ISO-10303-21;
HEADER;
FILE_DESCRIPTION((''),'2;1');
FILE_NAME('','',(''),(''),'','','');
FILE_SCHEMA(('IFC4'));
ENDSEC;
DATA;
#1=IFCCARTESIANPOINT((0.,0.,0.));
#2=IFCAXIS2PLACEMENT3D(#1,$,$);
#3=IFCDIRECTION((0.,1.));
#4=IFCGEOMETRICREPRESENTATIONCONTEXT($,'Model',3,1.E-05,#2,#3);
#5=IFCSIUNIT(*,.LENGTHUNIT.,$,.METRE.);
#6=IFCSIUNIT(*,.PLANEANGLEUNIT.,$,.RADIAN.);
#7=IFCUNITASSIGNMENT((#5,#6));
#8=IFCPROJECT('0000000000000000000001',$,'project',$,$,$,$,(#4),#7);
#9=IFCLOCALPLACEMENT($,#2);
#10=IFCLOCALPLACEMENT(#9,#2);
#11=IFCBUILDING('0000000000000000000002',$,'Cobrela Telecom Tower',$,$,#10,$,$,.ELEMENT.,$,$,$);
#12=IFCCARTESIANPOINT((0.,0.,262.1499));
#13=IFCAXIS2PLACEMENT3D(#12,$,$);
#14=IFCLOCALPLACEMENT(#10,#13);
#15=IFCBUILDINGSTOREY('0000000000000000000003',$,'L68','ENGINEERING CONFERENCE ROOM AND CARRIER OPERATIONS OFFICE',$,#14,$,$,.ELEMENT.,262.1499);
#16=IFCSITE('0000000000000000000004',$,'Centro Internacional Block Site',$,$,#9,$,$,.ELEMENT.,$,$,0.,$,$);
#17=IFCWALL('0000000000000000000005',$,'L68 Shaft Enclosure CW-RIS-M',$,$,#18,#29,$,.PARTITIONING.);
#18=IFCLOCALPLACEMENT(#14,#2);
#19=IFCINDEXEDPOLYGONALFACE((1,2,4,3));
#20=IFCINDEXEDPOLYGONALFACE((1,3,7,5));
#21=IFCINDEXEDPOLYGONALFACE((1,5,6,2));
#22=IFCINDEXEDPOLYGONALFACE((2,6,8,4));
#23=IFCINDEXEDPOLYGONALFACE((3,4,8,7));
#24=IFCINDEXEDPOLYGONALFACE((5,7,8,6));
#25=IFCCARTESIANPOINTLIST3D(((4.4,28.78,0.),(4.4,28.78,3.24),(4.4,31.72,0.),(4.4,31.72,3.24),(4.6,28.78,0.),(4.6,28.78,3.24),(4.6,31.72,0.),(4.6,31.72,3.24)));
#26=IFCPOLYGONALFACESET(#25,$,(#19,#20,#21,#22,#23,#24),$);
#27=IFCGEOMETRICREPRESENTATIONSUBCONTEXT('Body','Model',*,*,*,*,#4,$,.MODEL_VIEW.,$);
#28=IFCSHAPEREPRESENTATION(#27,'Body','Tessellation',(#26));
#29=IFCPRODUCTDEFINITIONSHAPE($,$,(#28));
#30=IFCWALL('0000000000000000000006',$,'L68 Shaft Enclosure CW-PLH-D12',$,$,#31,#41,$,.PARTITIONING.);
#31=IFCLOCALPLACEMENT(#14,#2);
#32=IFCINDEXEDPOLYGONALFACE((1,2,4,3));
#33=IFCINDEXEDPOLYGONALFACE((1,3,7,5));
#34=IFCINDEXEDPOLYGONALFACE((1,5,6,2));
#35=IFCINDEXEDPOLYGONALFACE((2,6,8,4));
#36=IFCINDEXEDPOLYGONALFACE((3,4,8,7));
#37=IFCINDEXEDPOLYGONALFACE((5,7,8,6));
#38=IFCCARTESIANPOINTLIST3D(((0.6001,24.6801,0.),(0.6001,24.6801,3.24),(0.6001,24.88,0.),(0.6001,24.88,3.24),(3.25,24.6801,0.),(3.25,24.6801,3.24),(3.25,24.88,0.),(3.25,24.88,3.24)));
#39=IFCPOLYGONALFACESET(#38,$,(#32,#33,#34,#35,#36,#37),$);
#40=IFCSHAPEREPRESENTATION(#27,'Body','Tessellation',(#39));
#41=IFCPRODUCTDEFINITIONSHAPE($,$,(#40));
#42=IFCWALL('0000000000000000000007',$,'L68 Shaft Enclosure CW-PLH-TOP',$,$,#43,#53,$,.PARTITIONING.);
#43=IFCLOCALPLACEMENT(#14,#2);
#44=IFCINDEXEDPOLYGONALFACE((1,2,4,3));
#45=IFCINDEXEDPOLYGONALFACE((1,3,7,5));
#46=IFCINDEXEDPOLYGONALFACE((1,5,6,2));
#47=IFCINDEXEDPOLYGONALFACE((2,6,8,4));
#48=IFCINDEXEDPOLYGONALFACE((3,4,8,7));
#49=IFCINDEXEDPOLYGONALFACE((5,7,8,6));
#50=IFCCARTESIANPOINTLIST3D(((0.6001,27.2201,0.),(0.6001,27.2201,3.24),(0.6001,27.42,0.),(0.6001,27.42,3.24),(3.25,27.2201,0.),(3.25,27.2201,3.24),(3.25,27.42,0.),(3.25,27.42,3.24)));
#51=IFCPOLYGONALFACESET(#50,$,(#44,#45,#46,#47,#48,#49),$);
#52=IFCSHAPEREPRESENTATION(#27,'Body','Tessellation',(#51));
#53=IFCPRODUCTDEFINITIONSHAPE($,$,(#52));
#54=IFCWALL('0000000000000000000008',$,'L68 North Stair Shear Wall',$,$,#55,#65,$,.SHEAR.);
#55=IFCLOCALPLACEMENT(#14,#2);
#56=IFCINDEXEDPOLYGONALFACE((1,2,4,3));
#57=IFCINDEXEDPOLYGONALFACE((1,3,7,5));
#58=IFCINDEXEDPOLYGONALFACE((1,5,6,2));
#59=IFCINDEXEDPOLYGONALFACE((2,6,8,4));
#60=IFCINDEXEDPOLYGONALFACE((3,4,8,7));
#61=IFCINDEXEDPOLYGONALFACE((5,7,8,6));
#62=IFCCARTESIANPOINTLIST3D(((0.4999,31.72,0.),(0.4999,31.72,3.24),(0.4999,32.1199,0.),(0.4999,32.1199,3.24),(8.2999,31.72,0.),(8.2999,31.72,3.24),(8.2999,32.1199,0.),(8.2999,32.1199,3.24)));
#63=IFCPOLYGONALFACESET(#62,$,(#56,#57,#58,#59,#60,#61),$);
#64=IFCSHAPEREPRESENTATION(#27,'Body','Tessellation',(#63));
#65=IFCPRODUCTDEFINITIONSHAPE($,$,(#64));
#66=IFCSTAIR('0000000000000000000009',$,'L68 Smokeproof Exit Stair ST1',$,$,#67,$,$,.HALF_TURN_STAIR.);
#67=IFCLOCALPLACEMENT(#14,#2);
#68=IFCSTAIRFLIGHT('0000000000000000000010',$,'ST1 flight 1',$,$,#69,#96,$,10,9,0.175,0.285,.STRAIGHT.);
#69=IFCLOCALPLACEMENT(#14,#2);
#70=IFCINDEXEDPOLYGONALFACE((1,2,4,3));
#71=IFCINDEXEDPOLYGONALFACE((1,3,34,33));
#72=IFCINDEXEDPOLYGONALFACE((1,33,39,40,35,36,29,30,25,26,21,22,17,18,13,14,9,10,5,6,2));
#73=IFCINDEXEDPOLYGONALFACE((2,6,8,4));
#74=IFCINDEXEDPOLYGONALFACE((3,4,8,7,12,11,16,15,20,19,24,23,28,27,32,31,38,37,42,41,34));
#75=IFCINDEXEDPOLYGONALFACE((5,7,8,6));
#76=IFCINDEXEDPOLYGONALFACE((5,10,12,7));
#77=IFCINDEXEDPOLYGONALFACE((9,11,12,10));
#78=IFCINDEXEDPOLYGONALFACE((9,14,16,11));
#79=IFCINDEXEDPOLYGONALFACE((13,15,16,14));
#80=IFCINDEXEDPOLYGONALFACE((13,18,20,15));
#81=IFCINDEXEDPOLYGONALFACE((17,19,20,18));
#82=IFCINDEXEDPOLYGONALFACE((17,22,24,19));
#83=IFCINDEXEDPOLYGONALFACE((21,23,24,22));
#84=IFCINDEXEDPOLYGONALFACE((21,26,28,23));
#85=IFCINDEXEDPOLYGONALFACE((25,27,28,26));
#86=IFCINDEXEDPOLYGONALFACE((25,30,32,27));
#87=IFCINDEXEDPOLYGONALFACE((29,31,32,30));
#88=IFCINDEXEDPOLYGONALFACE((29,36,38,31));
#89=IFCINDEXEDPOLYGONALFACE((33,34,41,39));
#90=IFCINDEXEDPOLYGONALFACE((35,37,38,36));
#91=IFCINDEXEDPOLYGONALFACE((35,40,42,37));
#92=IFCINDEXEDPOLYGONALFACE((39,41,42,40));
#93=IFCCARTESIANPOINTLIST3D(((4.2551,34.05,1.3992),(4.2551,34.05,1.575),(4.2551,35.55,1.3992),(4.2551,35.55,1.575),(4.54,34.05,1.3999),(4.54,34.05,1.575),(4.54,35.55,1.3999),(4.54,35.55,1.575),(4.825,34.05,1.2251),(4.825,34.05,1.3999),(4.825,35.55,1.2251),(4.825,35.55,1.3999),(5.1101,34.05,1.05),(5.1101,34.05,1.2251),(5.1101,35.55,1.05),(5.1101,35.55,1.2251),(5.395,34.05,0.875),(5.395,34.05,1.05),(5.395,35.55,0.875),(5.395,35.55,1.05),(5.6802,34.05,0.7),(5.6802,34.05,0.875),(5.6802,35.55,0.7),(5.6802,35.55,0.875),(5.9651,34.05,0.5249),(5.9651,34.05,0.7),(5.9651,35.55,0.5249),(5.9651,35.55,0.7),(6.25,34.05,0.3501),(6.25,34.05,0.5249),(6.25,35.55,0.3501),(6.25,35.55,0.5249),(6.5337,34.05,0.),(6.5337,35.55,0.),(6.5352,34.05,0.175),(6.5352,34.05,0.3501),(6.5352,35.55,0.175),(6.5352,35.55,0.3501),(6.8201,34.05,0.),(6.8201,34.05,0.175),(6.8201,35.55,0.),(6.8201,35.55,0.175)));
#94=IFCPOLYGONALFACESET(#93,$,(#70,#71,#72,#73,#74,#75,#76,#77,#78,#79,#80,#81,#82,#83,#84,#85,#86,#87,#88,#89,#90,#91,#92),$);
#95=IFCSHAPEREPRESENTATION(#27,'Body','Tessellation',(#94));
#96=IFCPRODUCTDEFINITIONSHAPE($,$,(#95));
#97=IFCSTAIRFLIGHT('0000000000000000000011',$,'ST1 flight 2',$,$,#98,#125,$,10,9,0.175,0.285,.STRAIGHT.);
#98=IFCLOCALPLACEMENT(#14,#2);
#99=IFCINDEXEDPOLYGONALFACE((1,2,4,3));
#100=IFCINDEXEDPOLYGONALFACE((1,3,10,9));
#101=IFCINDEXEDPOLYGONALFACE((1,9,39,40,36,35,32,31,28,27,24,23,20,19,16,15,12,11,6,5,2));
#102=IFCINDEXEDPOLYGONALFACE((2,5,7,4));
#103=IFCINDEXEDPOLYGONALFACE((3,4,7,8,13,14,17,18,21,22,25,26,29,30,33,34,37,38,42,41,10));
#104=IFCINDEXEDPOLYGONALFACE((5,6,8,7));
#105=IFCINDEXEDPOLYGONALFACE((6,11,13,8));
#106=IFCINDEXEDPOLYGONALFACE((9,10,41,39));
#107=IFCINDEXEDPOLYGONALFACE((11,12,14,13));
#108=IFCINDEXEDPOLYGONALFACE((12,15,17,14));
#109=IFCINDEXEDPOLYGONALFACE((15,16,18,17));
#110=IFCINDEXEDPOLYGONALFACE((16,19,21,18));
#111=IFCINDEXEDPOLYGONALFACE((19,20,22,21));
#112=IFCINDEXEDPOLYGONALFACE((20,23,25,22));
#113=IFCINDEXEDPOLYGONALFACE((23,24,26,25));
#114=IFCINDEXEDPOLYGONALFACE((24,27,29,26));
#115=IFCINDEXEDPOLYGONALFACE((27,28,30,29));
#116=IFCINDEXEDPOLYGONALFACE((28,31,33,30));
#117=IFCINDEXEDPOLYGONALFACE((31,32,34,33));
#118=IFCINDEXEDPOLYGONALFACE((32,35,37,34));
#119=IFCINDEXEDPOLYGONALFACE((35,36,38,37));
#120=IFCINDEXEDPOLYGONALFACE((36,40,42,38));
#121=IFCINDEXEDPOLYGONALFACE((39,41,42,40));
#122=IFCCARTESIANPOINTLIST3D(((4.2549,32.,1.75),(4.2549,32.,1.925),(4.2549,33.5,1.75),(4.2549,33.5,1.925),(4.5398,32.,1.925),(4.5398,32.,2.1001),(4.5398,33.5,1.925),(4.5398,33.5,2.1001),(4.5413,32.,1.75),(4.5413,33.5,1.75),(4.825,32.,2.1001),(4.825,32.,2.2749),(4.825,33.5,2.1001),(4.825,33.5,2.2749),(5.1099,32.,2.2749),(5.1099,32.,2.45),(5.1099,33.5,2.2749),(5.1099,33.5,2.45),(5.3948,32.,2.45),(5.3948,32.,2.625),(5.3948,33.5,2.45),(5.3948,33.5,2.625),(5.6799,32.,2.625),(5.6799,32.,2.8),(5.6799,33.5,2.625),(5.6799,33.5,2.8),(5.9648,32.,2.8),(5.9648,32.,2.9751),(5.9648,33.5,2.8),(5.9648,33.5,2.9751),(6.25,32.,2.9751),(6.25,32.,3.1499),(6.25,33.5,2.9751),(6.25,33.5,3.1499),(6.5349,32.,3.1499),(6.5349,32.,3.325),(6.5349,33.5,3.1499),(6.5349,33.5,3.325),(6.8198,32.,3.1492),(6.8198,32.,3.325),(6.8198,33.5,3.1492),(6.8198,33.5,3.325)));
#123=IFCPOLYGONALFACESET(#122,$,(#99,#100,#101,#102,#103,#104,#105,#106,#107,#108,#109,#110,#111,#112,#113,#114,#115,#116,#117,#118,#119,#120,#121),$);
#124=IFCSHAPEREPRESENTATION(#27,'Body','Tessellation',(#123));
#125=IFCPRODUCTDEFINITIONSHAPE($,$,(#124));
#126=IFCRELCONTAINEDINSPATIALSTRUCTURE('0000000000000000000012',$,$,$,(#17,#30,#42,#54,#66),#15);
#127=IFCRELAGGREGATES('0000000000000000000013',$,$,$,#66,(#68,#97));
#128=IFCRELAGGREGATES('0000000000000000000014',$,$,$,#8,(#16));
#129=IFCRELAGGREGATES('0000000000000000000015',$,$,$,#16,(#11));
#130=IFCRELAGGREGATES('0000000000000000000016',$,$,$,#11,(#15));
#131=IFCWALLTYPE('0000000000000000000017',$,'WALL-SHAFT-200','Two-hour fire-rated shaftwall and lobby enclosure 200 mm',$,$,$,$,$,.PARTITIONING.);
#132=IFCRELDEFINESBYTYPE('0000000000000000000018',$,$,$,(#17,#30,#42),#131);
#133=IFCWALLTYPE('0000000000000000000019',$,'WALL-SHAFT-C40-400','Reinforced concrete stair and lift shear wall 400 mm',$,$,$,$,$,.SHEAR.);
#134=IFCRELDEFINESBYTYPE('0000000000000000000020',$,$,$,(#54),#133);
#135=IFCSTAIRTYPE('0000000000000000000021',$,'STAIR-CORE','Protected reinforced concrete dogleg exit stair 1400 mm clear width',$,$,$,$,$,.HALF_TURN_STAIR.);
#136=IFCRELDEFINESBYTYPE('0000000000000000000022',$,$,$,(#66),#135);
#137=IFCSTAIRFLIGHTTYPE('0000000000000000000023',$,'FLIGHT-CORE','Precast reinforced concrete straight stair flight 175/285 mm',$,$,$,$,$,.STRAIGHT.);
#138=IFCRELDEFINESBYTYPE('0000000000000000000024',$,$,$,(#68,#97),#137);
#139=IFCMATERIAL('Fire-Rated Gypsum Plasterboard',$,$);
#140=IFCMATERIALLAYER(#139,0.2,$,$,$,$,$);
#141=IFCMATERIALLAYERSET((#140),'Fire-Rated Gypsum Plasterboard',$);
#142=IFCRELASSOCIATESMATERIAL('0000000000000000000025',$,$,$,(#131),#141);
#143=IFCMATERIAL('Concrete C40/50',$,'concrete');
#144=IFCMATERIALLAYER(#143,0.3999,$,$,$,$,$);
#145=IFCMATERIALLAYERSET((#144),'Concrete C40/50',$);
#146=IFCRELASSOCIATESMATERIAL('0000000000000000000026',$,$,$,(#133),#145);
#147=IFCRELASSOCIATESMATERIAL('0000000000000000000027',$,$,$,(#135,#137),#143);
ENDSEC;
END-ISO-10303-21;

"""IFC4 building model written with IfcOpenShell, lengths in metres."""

from ifc_helpers import new_model, si_unit, direction, frame, frame_2d, origin, place, context, subcontext, project, spatial, polyline, rectangle, outline, extrude, material, layer, layer_set, type_object, element, aggregate, save


model = new_model("IFC4")

# Units and contexts
model_context = context("Model", 3, precision=1e-05, world=origin(), true_north=direction((0.0, 1.0)))
body_context = subcontext(model_context, "Body", "Model", "MODEL_VIEW")
ifc_project = project(units=[si_unit("LENGTHUNIT", "METRE"), si_unit("PLANEANGLEUNIT", "RADIAN")], contexts=[model_context])

# Site, building, storey
site_placement = place(None, origin())
site = spatial("IfcSite", under=ifc_project, at=site_placement, Name="Centro Internacional Block Site", CompositionType="ELEMENT", RefElevation=0.0)
building_placement = place(site_placement, origin())
building = spatial("IfcBuilding", under=site, at=building_placement, Name="Cobrela Telecom Tower", CompositionType="ELEMENT")
storey_placement = place(building_placement, frame((0.0, 0.0, 262.1499)))
storey = spatial("IfcBuildingStorey", under=building, at=storey_placement, Name="L68", Description="ENGINEERING CONFERENCE ROOM AND CARRIER OPERATIONS OFFICE", CompositionType="ELEMENT", Elevation=262.1499)

# Shared definitions
ifc_material_1 = material(Name="Fire-Rated Gypsum Plasterboard")
ifc_layer_1 = layer(ifc_material_1, 0.2)
ifc_layer_set_1 = layer_set([ifc_layer_1], Name="Fire-Rated Gypsum Plasterboard")
wall_type_1 = type_object("IfcWallType", Name="WALL-SHAFT-200", Description="Two-hour fire-rated shaftwall and lobby enclosure 200 mm", PredefinedType="PARTITIONING", material=ifc_layer_set_1)

# Walls
wall_1_placement = place(storey_placement, frame((4.5, 28.78, 0.0), z_axis=(0.0, 0.0, 1.0), x_axis=(0.0, 1.0, 0.0)))
element("IfcWall", 1, at=wall_1_placement, inside=storey, type_object=wall_type_1, Name="L68 Shaft Enclosure CW-RIS-M", PredefinedType="PARTITIONING", context=body_context, shape_type="SweptSolid", body=[
    extrude(rectangle(XDim=2.9399, YDim=0.2, at=frame_2d((1.47, 0.0))), origin(), (0.0, 0.0, 1.0), 3.24),
])
for number, where, z_axis, x_axis, name in (
    (2, (0.6001, 24.78, 0.0), (0.0, 0.0, 1.0), (1.0, 0.0, 0.0), "L68 Shaft Enclosure CW-PLH-D12"),
    (3, (0.6001, 27.3201, 0.0), (0.0, 0.0, 1.0), (1.0, 0.0, 0.0), "L68 Shaft Enclosure CW-PLH-TOP"),
):
    element("IfcWall", number, at=place(storey_placement, frame(where, z_axis=z_axis, x_axis=x_axis)), inside=storey, type_object=wall_type_1, Name=name, PredefinedType="PARTITIONING", context=body_context, shape_type="SweptSolid", body=[
        extrude(rectangle(XDim=2.6499, YDim=0.2, at=frame_2d((1.325, 0.0))), origin(), (0.0, 0.0, 1.0), 3.24),
    ])
ifc_material_2 = material(Name="Concrete C40/50", Category="concrete")
ifc_layer_2 = layer(ifc_material_2, 0.3999)
ifc_layer_set_2 = layer_set([ifc_layer_2], Name="Concrete C40/50")
wall_type_2 = type_object("IfcWallType", Name="WALL-SHAFT-C40-400", Description="Reinforced concrete stair and lift shear wall 400 mm", PredefinedType="SHEAR", material=ifc_layer_set_2)
wall_2_placement = place(storey_placement, frame((0.5, 31.9199, 0.0), z_axis=(0.0, 0.0, 1.0), x_axis=(1.0, 0.0, 0.0)))
element("IfcWall", 4, at=wall_2_placement, inside=storey, type_object=wall_type_2, Name="L68 North Stair Shear Wall", PredefinedType="SHEAR", context=body_context, shape_type="SweptSolid", body=[
    extrude(rectangle(XDim=7.8, YDim=0.3999, at=frame_2d((3.8999, 0.0))), origin(), (0.0, 0.0, 1.0), 3.24),
])

# Stair, stair flights
stair_type = type_object("IfcStairType", Name="STAIR-CORE", Description="Protected reinforced concrete dogleg exit stair 1400 mm clear width", PredefinedType="HALF_TURN_STAIR", material=ifc_material_2)
stair_placement = place(storey_placement, origin())
stair = element("IfcStair", 5, at=stair_placement, inside=storey, type_object=stair_type, Name="L68 Smokeproof Exit Stair ST1", PredefinedType="HALF_TURN_STAIR")
stair_flight_type = type_object("IfcStairFlightType", Name="FLIGHT-CORE", Description="Precast reinforced concrete straight stair flight 175/285 mm", PredefinedType="STRAIGHT", material=ifc_material_2)
stair_flight_1_placement = place(storey_placement, frame((6.8201, 34.8, 0.0), z_axis=(0.0, 0.0, 1.0), x_axis=(-1.0, 0.0, 0.0)))
stair_flight_1 = element("IfcStairFlight", 6, at=stair_flight_1_placement, type_object=stair_flight_type, Name="ST1 flight 1", NumberOfRisers=10, NumberOfTreads=9, PredefinedType="STRAIGHT", RiserHeight=0.175, TreadLength=0.285, context=body_context, shape_type="SweptSolid", body=[
    extrude(outline(polyline([(0.0, 0.0), (0.0, 0.175), (0.2849, 0.175), (0.2849, 0.3501), (0.5701, 0.3501), (0.5701, 0.5249), (0.855, 0.5249), (0.855, 0.7), (1.1399, 0.7), (1.1399, 0.875), (1.425, 0.875), (1.425, 1.05), (1.71, 1.05), (1.71, 1.2251), (1.9951, 1.2251), (1.9951, 1.3999), (2.28, 1.3999), (2.28, 1.575), (2.5649, 1.575), (2.5649, 1.75), (2.5649, 1.3992), (0.2864, 0.0), (0.0, 0.0)])), frame((0.0, 0.75, 0.0), z_axis=(0.0, -1.0, 0.0), x_axis=(1.0, 0.0, 0.0)), (0.0, 0.0, 1.0), 1.5),
])
stair_flight_2_placement = place(storey_placement, frame((4.2549, 32.75, 1.75), z_axis=(0.0, 0.0, 1.0), x_axis=(1.0, 0.0, 0.0)))
stair_flight_2 = element("IfcStairFlight", 7, at=stair_flight_2_placement, type_object=stair_flight_type, Name="ST1 flight 2", NumberOfRisers=10, NumberOfTreads=9, PredefinedType="STRAIGHT", RiserHeight=0.175, TreadLength=0.285, context=body_context, shape_type="SweptSolid", body=[
    extrude(outline(polyline([(0.0, 0.0), (0.0, 0.175), (0.2849, 0.175), (0.2849, 0.3501), (0.5701, 0.3501), (0.5701, 0.5249), (0.855, 0.5249), (0.855, 0.7), (1.1399, 0.7), (1.1399, 0.875), (1.425, 0.875), (1.425, 1.05), (1.71, 1.05), (1.71, 1.2251), (1.9951, 1.2251), (1.9951, 1.3999), (2.28, 1.3999), (2.28, 1.575), (2.5649, 1.575), (2.5649, 1.75), (2.5649, 1.3992), (0.2864, 0.0), (0.0, 0.0)])), frame((0.0, 0.75, 0.0), z_axis=(0.0, -1.0, 0.0), x_axis=(1.0, 0.0, 0.0)), (0.0, 0.0, 1.0), 1.5),
])
aggregate(stair, [stair_flight_1, stair_flight_2])

save(model, "model.ifc")
